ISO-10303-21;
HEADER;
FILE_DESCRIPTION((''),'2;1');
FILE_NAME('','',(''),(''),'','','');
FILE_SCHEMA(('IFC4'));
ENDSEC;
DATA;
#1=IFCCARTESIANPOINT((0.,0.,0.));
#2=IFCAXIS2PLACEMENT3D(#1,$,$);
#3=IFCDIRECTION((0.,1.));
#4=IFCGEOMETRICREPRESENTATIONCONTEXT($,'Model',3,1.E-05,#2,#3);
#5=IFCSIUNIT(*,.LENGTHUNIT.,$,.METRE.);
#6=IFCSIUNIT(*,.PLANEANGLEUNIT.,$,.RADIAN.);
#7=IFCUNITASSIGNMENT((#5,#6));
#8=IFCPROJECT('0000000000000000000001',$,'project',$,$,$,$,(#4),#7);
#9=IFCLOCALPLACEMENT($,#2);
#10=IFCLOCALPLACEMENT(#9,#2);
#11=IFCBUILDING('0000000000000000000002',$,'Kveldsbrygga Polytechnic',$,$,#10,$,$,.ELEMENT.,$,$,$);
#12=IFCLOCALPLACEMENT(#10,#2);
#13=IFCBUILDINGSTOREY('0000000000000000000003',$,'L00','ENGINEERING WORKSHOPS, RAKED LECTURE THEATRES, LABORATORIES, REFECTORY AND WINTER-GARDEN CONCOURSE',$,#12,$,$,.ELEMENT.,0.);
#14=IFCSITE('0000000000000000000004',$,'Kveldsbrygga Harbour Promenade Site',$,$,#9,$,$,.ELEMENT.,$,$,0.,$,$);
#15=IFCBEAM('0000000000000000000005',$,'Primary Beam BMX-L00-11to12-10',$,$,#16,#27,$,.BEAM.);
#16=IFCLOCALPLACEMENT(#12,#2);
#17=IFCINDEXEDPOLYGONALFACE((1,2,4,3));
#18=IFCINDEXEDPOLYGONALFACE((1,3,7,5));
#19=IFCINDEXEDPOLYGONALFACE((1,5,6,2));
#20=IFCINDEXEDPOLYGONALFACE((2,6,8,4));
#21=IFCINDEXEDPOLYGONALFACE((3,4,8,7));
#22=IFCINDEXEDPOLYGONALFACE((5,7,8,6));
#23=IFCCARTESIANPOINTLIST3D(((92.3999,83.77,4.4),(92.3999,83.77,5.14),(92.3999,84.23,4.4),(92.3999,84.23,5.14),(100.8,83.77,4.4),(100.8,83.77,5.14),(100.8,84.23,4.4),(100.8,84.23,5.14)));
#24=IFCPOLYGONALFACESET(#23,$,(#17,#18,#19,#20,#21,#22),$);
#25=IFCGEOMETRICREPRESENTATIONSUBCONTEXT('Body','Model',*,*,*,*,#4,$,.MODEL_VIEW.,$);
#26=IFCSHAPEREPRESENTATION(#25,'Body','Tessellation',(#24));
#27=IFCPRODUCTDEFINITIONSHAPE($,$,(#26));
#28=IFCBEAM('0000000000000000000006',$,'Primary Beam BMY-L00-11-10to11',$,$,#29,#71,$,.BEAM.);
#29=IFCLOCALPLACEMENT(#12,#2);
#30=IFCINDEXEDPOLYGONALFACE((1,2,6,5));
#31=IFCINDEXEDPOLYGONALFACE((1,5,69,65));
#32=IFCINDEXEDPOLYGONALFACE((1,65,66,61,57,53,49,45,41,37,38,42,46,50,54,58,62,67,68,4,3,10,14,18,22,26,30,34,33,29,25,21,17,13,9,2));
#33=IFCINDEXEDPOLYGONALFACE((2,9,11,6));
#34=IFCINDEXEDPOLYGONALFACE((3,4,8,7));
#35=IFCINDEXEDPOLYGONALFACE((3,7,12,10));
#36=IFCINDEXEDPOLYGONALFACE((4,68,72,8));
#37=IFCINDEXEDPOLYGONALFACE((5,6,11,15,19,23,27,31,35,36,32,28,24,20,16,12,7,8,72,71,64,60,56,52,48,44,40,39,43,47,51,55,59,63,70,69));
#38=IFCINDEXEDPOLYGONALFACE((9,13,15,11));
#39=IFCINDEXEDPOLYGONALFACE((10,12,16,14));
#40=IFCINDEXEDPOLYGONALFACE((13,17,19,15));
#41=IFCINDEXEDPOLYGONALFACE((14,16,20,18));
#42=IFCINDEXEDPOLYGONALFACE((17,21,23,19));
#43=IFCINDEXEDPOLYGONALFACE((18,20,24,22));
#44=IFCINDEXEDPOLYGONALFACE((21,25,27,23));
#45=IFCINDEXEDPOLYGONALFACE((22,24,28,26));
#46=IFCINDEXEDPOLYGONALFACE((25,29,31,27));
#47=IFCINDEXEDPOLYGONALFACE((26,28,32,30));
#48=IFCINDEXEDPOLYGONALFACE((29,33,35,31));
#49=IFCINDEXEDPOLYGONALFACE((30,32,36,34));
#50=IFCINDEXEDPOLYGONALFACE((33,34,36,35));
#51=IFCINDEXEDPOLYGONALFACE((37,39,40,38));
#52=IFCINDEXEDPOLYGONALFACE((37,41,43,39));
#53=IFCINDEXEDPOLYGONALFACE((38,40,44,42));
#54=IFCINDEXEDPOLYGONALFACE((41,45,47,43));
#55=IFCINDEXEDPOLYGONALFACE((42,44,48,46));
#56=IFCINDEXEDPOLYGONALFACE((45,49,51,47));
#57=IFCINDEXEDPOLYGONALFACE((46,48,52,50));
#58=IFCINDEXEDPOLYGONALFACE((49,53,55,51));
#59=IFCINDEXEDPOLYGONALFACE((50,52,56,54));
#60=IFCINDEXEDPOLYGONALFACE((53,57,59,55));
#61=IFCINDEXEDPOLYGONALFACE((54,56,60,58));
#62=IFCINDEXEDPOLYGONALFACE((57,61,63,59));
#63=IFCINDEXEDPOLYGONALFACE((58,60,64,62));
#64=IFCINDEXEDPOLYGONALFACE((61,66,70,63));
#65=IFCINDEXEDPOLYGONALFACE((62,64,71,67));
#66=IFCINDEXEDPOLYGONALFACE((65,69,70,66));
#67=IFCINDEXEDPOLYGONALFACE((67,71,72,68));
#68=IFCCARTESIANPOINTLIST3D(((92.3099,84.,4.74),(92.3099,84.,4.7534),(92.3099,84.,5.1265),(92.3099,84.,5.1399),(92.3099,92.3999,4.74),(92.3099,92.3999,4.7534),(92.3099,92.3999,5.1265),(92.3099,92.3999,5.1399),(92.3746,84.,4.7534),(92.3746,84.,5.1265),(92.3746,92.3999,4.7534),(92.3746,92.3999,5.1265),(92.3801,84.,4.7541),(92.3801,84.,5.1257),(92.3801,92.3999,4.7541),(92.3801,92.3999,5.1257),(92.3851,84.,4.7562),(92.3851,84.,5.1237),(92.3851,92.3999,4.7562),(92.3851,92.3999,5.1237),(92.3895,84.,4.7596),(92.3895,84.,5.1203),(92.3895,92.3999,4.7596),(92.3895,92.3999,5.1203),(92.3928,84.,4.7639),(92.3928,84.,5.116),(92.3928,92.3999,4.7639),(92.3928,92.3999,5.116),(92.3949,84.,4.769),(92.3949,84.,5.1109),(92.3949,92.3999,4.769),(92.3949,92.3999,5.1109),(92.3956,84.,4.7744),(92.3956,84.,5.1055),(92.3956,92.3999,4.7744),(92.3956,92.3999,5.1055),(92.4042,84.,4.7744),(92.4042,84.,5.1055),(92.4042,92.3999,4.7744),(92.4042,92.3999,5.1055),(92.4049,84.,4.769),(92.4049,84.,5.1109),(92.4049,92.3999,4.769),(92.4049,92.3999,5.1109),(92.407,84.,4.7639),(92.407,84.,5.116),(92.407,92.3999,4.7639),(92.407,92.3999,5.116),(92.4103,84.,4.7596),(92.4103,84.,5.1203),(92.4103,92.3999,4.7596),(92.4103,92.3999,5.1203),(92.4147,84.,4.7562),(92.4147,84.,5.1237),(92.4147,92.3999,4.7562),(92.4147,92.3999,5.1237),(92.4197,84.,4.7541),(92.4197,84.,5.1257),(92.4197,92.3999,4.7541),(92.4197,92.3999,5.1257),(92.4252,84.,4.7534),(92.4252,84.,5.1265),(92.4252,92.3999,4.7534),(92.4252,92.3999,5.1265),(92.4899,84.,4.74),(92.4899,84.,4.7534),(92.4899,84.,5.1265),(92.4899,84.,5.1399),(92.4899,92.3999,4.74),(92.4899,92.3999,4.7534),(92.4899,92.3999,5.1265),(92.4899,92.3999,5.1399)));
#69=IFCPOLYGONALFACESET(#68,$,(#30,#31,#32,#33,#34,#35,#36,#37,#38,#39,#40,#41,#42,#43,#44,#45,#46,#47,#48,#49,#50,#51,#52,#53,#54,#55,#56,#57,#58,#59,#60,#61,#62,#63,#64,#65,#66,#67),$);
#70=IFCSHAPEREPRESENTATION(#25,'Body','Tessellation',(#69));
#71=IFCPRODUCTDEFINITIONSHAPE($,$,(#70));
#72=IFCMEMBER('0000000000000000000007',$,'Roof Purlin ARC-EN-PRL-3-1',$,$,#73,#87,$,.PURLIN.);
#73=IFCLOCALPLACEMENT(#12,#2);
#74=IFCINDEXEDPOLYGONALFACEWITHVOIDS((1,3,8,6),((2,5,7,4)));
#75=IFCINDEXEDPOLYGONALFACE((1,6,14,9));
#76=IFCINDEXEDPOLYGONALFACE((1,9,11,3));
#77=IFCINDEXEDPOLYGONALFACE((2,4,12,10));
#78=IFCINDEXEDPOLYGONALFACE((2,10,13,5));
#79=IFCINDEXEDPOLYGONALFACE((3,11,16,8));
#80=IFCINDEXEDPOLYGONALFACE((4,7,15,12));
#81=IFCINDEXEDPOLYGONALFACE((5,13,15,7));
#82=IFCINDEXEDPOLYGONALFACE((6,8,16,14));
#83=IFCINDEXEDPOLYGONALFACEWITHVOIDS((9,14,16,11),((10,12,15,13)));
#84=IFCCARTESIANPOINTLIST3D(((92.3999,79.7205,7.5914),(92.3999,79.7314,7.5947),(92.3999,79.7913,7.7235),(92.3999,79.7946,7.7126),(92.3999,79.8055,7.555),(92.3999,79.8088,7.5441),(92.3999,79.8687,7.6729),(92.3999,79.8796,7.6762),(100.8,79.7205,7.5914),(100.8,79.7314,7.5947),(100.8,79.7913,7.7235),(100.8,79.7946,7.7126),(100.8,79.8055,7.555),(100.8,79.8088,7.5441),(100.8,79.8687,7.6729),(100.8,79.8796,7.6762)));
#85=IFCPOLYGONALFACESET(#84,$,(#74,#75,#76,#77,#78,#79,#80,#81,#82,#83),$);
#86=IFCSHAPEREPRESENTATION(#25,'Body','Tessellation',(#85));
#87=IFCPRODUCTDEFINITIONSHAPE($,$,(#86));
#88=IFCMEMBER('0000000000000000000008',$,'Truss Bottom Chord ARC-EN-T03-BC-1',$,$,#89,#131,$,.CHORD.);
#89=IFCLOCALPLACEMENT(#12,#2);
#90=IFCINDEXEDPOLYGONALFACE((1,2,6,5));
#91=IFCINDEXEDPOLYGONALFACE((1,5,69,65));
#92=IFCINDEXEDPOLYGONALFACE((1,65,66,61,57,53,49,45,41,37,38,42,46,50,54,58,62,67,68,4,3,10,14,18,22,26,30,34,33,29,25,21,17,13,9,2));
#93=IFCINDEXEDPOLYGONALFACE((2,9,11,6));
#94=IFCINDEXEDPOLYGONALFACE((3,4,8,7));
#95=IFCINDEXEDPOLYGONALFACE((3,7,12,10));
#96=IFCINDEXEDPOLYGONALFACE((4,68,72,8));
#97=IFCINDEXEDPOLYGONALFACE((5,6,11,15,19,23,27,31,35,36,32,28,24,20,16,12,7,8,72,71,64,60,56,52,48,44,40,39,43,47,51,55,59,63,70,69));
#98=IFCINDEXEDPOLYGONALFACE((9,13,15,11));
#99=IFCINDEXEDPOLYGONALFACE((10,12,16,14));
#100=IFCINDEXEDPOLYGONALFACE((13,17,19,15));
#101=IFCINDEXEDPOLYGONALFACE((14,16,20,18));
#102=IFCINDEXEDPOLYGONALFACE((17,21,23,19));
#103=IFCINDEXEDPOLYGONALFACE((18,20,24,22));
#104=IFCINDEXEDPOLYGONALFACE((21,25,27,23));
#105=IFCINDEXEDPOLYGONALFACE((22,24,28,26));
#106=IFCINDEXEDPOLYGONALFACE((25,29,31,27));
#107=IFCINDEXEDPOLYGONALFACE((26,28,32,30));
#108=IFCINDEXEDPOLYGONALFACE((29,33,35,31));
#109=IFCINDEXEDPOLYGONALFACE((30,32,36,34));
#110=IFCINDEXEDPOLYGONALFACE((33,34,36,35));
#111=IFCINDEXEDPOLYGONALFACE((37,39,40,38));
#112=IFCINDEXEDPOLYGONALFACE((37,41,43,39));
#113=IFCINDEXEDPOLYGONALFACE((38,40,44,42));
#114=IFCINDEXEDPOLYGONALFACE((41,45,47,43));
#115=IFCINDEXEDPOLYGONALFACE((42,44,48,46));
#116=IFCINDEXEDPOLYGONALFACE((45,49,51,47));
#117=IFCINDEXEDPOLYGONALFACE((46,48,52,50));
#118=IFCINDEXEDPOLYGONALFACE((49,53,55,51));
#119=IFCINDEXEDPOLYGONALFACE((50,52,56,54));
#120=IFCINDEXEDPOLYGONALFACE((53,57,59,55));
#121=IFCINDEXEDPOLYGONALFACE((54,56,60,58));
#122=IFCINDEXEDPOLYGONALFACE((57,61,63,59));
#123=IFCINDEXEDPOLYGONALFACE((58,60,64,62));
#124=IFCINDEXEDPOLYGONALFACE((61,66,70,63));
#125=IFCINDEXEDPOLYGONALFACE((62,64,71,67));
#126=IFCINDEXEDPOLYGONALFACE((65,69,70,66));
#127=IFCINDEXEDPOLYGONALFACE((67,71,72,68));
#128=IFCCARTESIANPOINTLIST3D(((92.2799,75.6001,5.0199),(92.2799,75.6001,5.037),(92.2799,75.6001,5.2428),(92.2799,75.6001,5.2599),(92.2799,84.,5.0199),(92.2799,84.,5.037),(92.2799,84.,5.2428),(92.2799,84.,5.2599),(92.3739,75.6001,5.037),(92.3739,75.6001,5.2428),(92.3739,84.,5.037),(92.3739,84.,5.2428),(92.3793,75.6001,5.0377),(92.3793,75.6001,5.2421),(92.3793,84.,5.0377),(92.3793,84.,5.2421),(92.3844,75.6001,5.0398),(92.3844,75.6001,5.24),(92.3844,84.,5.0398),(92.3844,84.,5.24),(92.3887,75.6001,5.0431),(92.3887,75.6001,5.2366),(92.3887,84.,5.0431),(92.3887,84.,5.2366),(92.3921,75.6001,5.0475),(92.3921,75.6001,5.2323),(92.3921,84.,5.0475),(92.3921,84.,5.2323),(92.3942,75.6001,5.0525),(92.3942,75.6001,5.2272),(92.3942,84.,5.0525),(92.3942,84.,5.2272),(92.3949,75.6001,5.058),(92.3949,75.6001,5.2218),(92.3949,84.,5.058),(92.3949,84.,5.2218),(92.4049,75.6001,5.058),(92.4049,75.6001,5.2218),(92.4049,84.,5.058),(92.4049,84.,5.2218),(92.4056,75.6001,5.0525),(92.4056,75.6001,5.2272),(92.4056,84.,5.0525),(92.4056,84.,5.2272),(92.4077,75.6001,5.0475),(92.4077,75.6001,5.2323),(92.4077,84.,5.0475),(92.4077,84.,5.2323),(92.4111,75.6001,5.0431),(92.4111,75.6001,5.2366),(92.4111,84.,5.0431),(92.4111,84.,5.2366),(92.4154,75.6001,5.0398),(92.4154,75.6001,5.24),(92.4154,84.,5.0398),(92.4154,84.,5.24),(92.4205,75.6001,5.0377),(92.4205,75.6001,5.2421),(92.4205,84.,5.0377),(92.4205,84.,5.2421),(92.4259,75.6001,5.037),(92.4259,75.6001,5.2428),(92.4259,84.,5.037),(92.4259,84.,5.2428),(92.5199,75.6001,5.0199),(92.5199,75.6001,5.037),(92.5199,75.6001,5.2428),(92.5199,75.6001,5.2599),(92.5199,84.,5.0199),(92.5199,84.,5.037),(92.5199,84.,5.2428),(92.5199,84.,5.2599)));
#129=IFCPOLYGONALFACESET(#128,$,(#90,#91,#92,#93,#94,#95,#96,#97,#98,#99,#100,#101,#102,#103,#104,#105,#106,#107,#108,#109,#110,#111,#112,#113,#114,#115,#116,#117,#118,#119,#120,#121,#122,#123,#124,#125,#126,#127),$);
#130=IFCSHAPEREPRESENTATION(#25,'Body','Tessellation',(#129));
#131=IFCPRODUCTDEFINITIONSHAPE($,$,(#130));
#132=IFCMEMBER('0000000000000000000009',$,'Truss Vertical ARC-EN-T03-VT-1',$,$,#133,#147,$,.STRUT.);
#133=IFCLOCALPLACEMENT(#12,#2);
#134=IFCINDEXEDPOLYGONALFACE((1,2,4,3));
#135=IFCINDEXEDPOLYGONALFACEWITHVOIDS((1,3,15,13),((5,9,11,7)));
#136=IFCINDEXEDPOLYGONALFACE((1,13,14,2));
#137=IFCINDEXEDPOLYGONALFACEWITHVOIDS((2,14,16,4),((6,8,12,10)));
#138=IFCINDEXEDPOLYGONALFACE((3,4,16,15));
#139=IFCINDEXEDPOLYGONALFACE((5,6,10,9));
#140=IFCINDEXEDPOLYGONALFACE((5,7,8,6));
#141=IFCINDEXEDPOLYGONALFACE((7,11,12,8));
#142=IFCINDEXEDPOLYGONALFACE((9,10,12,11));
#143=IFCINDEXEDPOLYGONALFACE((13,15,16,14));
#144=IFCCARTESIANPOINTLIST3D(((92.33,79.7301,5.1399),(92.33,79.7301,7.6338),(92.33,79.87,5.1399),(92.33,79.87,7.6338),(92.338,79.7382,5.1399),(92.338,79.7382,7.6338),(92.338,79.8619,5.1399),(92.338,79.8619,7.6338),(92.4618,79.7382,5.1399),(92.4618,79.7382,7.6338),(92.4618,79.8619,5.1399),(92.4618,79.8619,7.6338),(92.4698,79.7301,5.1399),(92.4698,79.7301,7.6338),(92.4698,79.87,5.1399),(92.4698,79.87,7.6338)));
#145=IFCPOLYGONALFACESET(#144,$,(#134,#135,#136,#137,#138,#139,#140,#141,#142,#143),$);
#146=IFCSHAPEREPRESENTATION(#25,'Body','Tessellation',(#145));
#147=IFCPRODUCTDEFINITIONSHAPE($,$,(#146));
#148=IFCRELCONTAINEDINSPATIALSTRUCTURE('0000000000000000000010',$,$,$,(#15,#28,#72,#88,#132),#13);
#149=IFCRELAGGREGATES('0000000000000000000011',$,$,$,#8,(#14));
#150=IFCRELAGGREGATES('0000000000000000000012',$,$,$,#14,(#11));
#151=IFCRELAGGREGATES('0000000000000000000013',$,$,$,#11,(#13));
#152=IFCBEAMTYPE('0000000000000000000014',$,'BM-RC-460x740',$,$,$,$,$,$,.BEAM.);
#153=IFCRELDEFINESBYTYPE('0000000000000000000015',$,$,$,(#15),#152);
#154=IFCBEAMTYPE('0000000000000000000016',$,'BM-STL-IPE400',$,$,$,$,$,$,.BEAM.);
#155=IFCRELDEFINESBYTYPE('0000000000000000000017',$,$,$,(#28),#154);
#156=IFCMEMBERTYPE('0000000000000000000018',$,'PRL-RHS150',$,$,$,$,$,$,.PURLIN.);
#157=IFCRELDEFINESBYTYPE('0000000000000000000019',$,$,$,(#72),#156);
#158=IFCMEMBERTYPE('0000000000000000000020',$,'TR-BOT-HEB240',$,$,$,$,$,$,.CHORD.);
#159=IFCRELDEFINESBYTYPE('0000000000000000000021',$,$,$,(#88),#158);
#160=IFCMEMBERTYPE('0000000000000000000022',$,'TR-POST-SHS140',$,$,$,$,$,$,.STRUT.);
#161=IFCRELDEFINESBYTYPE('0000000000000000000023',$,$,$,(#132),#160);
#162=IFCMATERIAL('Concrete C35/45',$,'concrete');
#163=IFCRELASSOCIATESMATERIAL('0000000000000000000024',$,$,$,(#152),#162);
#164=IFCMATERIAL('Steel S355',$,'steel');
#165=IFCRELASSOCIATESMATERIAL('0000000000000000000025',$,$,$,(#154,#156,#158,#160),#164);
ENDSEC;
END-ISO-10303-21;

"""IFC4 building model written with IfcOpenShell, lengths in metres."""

from ifc_helpers import new_model, si_unit, direction, frame, origin, origin_2d, place, context, subcontext, project, spatial, rectangle, hollow_rectangle, i_section, extrude, material, material_profile, profile_set, type_object, element, save


model = new_model("IFC4")

# Units and contexts
model_context = context("Model", 3, precision=1e-05, world=origin(), true_north=direction((0.0, 1.0)))
body_context = subcontext(model_context, "Body", "Model", "MODEL_VIEW")
ifc_project = project(units=[si_unit("LENGTHUNIT", "METRE"), si_unit("PLANEANGLEUNIT", "RADIAN")], contexts=[model_context])

# Site, building, storey
site_placement = place(None, origin())
site = spatial("IfcSite", under=ifc_project, at=site_placement, Name="Kveldsbrygga Harbour Promenade Site", CompositionType="ELEMENT", RefElevation=0.0)
building_placement = place(site_placement, origin())
building = spatial("IfcBuilding", under=site, at=building_placement, Name="Kveldsbrygga Polytechnic", CompositionType="ELEMENT")
storey_placement = place(building_placement, origin())
storey = spatial("IfcBuildingStorey", under=building, at=storey_placement, Name="L00", Description="ENGINEERING WORKSHOPS, RAKED LECTURE THEATRES, LABORATORIES, REFECTORY AND WINTER-GARDEN CONCOURSE", CompositionType="ELEMENT", Elevation=0.0)

# Beams
ifc_material_1 = material(Name="Concrete C35/45", Category="concrete")
ifc_material_profile_1 = material_profile(ifc_material_1, rectangle(XDim=0.46, YDim=0.74, at=origin_2d()), Name="RC 460x740")
ifc_profile_set_1 = profile_set([ifc_material_profile_1], Name="Concrete C35/45")
beam_type_1 = type_object("IfcBeamType", Name="BM-RC-460x740", PredefinedType="BEAM", material=ifc_profile_set_1)
beam_1_placement = place(storey_placement, frame((92.3999, 84.0, 4.77), z_axis=(1.0, 0.0, 0.0), x_axis=(0.0, 1.0, 0.0)))
element("IfcBeam", 1, at=beam_1_placement, inside=storey, type_object=beam_type_1, Name="Primary Beam BMX-L00-11to12-10", PredefinedType="BEAM", context=body_context, shape_type="SweptSolid", body=[
    extrude(rectangle(XDim=0.46, YDim=0.74, at=origin_2d()), origin(), (0.0, 0.0, 1.0), 8.4001),
])
ifc_material_2 = material(Name="Steel S355", Category="steel")
ifc_material_profile_2 = material_profile(ifc_material_2, i_section(OverallWidth=0.1799, OverallDepth=0.3999, WebThickness=0.0085, FlangeThickness=0.0134, FilletRadius=0.021, at=origin_2d()), Name="IPE 400")
ifc_profile_set_2 = profile_set([ifc_material_profile_2], Name="Steel S355")
beam_type_2 = type_object("IfcBeamType", Name="BM-STL-IPE400", PredefinedType="BEAM", material=ifc_profile_set_2)
beam_2_placement = place(storey_placement, frame((92.3999, 84.0, 4.9399), z_axis=(0.0, 1.0, 0.0), x_axis=(-1.0, 0.0, 0.0)))
element("IfcBeam", 2, at=beam_2_placement, inside=storey, type_object=beam_type_2, Name="Primary Beam BMY-L00-11-10to11", PredefinedType="BEAM", context=body_context, shape_type="SweptSolid", body=[
    extrude(i_section(OverallWidth=0.1799, OverallDepth=0.3999, WebThickness=0.0085, FlangeThickness=0.0134, FilletRadius=0.021, at=origin_2d()), origin(), (0.0, 0.0, 1.0), 8.3999),
])

# Members
ifc_material_profile_3 = material_profile(ifc_material_2, hollow_rectangle(XDim=0.1001, YDim=0.1499, WallThickness=0.0081, at=origin_2d()), Name="RHS 150x100x8.0")
ifc_profile_set_3 = profile_set([ifc_material_profile_3], Name="Steel S355")
member_type_1 = type_object("IfcMemberType", Name="PRL-RHS150", PredefinedType="PURLIN", material=ifc_profile_set_3)
member_1_placement = place(storey_placement, frame((92.3999, 79.8, 7.6338), z_axis=(1.0, 0.0, 0.0), x_axis=(0.0, 0.88148, -0.472222)))
element("IfcMember", 3, at=member_1_placement, inside=storey, type_object=member_type_1, Name="Roof Purlin ARC-EN-PRL-3-1", PredefinedType="PURLIN", context=body_context, shape_type="SweptSolid", body=[
    extrude(hollow_rectangle(XDim=0.1001, YDim=0.1499, WallThickness=0.0081, at=origin_2d()), origin(), (0.0, 0.0, 1.0), 8.4001),
])
ifc_material_profile_4 = material_profile(ifc_material_2, i_section(OverallWidth=0.24, OverallDepth=0.24, WebThickness=0.01, FlangeThickness=0.0171, FilletRadius=0.021, at=origin_2d()), Name="HEB 240")
ifc_profile_set_4 = profile_set([ifc_material_profile_4], Name="Steel S355")
member_type_2 = type_object("IfcMemberType", Name="TR-BOT-HEB240", PredefinedType="CHORD", material=ifc_profile_set_4)
member_2_placement = place(storey_placement, frame((92.3999, 75.6001, 5.1399), z_axis=(0.0, 1.0, 0.0), x_axis=(-1.0, 0.0, 0.0)))
element("IfcMember", 4, at=member_2_placement, inside=storey, type_object=member_type_2, Name="Truss Bottom Chord ARC-EN-T03-BC-1", PredefinedType="CHORD", context=body_context, shape_type="SweptSolid", body=[
    extrude(i_section(OverallWidth=0.24, OverallDepth=0.24, WebThickness=0.01, FlangeThickness=0.0171, FilletRadius=0.021, at=origin_2d()), origin(), (0.0, 0.0, 1.0), 8.3999),
])
ifc_material_profile_5 = material_profile(ifc_material_2, hollow_rectangle(XDim=0.1399, YDim=0.1399, WallThickness=0.0081, at=origin_2d()), Name="SHS 140x140x8.0")
ifc_profile_set_5 = profile_set([ifc_material_profile_5], Name="Steel S355")
member_type_3 = type_object("IfcMemberType", Name="TR-POST-SHS140", PredefinedType="STRUT", material=ifc_profile_set_5)
member_3_placement = place(storey_placement, frame((92.3999, 79.8, 5.1399), z_axis=(0.0, 0.0, 1.0), x_axis=(1.0, 0.0, 0.0)))
element("IfcMember", 5, at=member_3_placement, inside=storey, type_object=member_type_3, Name="Truss Vertical ARC-EN-T03-VT-1", PredefinedType="STRUT", context=body_context, shape_type="SweptSolid", body=[
    extrude(hollow_rectangle(XDim=0.1399, YDim=0.1399, WallThickness=0.0081, at=origin_2d()), origin(), (0.0, 0.0, 1.0), 2.4939),
])

save(model, "model.ifc")
